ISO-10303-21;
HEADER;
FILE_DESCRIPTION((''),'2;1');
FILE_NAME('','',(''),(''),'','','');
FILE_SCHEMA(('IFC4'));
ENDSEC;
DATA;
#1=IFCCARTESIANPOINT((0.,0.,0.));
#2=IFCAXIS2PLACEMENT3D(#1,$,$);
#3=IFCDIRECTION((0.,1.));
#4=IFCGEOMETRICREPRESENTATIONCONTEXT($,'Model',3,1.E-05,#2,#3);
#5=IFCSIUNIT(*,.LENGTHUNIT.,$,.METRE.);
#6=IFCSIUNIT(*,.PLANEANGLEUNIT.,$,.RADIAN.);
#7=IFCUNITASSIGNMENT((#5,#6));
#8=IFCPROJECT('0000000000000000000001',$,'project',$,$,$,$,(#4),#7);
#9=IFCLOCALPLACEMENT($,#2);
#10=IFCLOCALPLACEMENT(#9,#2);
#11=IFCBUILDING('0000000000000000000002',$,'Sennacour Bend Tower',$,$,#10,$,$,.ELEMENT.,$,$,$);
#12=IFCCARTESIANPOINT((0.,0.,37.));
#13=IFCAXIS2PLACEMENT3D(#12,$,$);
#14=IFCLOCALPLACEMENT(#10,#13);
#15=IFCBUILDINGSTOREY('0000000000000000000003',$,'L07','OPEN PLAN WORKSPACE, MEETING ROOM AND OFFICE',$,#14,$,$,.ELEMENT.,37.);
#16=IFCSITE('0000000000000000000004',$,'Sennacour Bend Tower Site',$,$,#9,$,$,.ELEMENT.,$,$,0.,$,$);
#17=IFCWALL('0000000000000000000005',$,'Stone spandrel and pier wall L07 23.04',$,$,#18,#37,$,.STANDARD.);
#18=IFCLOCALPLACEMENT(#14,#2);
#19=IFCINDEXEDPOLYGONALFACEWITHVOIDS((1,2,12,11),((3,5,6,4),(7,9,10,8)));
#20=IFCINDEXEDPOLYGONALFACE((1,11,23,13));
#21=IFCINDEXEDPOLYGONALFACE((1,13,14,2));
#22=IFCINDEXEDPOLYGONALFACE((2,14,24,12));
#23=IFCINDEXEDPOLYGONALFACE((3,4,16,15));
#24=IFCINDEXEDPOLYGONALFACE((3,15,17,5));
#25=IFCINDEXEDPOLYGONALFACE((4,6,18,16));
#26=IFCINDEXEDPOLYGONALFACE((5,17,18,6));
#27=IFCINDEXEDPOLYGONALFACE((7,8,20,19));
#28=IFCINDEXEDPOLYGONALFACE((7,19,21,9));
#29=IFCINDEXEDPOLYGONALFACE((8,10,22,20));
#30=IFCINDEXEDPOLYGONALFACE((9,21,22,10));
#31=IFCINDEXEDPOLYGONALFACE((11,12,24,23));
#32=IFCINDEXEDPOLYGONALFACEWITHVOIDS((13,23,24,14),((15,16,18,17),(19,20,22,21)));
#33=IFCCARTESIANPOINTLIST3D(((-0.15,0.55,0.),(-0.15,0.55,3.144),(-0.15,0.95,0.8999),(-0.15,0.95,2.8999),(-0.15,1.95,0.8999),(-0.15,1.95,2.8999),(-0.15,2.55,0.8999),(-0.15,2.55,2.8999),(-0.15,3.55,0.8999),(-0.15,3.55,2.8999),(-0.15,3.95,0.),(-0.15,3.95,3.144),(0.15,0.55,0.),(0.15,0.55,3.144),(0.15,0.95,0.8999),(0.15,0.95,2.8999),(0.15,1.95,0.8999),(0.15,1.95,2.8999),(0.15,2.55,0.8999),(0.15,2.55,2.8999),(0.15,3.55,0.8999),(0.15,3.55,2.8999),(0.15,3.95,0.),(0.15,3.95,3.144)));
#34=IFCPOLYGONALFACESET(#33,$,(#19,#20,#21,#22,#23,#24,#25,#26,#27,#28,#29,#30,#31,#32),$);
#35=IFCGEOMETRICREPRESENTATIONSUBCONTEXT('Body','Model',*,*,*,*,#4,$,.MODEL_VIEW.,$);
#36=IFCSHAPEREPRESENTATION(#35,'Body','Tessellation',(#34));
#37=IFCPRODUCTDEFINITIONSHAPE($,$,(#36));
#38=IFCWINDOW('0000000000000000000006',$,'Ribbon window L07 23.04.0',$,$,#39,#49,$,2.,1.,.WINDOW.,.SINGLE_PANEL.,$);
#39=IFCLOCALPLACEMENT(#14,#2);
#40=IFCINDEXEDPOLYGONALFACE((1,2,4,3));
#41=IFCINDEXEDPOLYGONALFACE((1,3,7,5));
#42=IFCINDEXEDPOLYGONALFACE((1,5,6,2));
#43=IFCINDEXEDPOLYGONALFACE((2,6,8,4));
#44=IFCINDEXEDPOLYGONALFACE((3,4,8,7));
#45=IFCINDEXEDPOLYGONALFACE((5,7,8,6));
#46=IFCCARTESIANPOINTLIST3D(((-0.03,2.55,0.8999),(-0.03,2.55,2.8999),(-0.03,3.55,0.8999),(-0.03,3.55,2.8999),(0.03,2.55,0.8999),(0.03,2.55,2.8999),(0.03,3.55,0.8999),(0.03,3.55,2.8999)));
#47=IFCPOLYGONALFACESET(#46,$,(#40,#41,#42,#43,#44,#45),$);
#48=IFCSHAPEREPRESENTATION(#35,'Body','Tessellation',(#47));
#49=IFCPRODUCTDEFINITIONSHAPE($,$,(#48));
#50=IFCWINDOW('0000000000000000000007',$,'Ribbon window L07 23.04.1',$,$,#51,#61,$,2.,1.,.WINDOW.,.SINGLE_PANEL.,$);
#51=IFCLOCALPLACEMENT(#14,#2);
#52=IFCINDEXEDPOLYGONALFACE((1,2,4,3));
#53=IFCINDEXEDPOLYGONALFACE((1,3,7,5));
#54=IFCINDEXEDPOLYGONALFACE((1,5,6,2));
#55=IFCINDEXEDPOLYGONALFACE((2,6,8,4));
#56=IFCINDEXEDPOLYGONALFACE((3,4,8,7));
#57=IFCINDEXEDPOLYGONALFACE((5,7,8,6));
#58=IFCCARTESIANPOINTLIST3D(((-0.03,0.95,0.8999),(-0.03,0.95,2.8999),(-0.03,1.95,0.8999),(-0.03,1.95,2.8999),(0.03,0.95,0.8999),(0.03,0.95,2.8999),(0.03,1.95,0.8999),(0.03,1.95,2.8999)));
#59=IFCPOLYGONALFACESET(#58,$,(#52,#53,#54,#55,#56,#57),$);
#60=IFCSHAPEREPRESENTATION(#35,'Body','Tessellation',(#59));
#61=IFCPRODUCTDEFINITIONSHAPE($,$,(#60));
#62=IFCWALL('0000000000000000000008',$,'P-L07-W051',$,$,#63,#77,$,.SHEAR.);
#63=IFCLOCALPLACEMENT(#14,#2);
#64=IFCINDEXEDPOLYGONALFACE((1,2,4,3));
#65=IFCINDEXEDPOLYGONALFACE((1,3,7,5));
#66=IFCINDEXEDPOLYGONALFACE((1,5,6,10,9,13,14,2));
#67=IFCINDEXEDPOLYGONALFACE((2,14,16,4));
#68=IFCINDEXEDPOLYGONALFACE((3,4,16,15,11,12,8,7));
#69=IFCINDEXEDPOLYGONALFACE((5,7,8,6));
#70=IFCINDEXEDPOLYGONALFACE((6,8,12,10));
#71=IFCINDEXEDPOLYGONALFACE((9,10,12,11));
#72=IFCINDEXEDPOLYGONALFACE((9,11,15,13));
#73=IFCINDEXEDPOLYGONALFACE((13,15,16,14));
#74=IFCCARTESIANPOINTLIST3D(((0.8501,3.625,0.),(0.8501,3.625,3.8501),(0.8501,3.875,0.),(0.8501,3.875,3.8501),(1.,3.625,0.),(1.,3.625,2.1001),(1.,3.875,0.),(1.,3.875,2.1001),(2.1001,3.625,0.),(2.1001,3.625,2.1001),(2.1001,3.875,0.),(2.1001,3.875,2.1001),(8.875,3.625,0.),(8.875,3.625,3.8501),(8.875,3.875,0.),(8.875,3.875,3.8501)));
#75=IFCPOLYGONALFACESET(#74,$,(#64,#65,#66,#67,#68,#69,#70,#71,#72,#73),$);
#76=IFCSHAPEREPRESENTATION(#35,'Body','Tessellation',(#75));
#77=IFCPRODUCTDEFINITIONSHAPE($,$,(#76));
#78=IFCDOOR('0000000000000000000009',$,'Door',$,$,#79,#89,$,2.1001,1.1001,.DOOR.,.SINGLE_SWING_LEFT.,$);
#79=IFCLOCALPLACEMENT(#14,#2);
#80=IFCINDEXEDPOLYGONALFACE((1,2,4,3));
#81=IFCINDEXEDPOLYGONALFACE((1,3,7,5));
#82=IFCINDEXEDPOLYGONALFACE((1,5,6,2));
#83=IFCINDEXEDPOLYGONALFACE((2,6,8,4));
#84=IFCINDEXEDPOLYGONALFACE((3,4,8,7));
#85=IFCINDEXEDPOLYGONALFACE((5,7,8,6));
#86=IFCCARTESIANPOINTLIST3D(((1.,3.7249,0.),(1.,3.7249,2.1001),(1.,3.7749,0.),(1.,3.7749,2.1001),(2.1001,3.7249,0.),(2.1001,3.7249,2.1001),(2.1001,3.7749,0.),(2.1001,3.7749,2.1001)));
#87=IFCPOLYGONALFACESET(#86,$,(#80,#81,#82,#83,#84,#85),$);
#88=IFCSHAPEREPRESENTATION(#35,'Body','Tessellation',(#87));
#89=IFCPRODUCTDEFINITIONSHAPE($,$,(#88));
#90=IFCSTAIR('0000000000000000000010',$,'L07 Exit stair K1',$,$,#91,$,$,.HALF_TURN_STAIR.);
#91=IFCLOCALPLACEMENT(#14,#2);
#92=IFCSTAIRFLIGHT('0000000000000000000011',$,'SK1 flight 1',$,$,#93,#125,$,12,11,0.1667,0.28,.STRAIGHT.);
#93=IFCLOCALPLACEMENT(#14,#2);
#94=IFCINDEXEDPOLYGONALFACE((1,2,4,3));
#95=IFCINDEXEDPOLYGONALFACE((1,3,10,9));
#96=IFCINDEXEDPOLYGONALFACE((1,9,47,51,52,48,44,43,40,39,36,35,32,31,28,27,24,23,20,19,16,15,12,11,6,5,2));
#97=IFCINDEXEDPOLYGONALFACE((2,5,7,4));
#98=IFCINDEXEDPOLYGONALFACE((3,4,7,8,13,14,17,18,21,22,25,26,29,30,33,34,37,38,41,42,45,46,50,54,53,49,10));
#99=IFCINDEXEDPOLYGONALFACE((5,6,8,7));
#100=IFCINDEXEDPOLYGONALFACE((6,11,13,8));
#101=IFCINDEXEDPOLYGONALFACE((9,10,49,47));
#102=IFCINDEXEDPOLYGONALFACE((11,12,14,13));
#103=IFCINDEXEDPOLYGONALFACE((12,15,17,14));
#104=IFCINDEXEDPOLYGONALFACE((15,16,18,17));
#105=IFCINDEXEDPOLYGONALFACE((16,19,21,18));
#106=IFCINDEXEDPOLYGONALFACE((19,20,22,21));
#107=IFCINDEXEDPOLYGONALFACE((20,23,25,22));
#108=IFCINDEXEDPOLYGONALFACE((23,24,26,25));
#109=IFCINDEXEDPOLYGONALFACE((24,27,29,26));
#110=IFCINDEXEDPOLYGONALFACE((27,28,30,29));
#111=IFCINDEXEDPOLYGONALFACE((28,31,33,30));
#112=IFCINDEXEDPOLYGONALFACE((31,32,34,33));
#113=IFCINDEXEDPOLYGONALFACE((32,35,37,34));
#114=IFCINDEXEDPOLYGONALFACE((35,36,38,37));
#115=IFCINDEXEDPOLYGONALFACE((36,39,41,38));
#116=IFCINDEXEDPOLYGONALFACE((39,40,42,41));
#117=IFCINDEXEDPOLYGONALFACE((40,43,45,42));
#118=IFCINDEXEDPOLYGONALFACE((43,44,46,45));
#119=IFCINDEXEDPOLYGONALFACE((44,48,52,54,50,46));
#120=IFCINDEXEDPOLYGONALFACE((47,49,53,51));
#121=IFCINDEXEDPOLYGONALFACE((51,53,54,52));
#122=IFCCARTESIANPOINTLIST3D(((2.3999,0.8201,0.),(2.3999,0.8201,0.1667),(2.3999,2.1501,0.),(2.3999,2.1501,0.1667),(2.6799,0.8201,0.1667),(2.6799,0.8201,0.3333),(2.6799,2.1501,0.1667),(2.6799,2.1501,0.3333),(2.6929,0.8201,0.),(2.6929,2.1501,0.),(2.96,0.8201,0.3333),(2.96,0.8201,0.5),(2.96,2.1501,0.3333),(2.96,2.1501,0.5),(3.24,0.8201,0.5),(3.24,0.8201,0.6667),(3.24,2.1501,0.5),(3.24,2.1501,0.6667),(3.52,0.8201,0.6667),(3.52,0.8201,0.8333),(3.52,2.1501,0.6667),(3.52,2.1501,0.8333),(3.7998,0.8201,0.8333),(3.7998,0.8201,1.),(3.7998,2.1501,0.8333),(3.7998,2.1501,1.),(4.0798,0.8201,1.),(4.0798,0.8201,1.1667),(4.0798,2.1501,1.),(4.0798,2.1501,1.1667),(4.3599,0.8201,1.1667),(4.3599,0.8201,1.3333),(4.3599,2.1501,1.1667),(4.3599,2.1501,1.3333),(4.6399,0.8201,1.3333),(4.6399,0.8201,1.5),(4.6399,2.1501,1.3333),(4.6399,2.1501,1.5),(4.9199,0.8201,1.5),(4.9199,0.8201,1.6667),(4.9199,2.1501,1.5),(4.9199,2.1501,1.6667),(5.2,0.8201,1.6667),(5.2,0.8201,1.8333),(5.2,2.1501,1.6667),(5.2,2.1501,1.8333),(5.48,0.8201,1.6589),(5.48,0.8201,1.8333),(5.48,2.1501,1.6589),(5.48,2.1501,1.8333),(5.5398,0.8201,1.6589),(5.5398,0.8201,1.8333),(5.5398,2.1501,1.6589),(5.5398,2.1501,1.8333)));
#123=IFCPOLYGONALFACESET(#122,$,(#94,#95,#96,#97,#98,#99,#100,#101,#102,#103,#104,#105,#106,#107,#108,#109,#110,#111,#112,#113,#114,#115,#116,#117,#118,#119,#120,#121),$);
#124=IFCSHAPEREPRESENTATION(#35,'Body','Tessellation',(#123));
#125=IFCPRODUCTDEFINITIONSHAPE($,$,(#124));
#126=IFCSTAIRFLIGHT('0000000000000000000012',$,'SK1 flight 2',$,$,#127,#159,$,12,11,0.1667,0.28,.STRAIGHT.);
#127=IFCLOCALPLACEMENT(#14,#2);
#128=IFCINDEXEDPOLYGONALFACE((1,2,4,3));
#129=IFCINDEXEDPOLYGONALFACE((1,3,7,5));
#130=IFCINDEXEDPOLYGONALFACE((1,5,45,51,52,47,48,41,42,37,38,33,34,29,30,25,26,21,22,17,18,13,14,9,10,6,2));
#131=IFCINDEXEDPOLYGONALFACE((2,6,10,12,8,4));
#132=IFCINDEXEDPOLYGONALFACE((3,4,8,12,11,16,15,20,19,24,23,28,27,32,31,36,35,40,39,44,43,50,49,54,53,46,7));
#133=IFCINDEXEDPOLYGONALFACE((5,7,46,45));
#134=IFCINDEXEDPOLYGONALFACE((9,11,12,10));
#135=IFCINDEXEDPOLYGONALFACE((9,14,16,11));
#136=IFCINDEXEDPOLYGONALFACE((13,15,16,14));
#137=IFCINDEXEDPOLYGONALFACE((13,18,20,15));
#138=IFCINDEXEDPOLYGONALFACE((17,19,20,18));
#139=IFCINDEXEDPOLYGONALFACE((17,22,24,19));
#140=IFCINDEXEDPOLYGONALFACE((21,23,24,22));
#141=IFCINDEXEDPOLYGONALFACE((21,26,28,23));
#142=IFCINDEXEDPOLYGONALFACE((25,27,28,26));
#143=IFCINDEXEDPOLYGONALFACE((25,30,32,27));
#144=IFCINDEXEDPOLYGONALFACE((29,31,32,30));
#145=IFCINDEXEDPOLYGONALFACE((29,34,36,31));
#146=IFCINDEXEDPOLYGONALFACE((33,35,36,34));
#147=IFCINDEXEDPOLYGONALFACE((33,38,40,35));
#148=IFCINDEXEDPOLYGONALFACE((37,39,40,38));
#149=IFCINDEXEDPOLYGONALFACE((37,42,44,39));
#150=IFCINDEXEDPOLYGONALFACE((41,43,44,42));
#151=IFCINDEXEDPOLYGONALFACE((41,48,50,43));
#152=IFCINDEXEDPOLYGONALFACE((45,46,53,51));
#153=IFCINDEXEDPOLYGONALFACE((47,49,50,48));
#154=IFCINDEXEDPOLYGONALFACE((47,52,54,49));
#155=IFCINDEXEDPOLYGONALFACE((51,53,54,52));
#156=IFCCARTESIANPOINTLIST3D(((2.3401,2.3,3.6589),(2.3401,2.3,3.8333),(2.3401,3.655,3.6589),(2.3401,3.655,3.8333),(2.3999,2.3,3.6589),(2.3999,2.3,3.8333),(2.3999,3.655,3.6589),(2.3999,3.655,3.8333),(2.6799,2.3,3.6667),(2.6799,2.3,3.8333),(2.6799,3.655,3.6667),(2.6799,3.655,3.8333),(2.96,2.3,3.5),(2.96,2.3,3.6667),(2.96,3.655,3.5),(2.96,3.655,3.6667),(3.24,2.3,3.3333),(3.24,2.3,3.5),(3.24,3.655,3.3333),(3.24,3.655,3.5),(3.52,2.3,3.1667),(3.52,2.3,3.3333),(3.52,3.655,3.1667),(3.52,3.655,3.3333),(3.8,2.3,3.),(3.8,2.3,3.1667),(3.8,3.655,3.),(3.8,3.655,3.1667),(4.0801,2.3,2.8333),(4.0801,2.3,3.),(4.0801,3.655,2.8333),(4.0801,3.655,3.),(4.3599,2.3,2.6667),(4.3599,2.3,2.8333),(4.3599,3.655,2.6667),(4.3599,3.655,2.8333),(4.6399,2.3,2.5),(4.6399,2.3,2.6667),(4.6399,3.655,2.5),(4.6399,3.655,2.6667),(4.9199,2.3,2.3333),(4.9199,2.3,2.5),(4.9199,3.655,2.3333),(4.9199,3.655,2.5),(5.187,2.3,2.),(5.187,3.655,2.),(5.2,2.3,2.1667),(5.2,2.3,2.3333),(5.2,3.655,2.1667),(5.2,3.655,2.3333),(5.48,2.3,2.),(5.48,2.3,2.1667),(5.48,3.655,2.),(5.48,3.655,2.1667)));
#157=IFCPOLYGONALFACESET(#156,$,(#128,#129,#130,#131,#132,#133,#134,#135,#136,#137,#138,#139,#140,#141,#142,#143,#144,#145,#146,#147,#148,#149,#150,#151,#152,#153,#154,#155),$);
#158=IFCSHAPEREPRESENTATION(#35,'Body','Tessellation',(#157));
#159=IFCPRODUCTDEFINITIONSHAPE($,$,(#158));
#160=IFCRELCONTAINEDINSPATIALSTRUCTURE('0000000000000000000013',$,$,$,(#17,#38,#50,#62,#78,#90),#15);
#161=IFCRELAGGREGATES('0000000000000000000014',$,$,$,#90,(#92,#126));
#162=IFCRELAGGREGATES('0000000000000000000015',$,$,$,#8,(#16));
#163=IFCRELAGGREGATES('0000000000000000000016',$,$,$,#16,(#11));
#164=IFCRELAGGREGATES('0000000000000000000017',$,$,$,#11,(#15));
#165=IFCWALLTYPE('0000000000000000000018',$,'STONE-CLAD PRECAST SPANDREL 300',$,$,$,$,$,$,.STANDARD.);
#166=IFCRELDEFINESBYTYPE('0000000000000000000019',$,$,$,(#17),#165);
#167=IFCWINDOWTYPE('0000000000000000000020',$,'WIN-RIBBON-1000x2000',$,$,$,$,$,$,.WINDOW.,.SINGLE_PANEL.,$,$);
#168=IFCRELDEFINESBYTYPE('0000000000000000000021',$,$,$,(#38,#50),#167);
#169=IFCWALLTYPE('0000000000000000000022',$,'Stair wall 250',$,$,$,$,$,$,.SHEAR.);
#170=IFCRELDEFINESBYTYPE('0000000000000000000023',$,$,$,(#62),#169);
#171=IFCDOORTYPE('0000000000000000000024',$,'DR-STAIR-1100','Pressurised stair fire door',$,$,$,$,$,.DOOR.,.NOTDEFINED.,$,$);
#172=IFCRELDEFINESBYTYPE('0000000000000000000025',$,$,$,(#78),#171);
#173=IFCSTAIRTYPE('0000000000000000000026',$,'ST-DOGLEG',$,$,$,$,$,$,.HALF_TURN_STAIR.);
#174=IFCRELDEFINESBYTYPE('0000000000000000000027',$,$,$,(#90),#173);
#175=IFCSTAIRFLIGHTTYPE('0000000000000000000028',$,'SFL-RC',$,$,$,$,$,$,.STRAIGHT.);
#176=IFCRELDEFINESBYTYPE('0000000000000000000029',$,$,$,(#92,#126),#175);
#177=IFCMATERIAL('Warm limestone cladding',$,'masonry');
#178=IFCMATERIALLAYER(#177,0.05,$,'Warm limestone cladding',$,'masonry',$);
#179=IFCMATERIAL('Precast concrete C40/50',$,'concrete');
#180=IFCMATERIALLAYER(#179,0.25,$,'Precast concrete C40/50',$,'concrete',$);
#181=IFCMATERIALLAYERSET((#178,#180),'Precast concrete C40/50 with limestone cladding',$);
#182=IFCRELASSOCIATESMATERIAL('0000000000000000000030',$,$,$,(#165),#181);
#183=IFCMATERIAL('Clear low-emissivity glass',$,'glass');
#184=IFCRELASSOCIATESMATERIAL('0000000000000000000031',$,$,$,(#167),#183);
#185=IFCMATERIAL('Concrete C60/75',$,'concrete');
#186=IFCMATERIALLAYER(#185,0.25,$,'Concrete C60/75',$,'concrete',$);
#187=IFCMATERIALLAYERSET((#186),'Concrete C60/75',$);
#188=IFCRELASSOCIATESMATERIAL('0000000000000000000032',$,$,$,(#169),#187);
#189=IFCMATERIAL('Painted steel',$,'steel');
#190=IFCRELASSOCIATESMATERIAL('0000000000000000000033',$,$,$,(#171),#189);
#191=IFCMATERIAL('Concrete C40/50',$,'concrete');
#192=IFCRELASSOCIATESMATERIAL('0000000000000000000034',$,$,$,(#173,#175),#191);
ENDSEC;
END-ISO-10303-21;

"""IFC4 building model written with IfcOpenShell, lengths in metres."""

from ifc_helpers import new_model, si_unit, direction, frame, frame_2d, origin, place, context, subcontext, project, spatial, polyline, rectangle, outline, extrude, material, layer, layer_set, type_object, element, fill, aggregate, save


model = new_model("IFC4")

# Units and contexts
model_context = context("Model", 3, precision=1e-05, world=origin(), true_north=direction((0.0, 1.0)))
body_context = subcontext(model_context, "Body", "Model", "MODEL_VIEW")
ifc_project = project(units=[si_unit("LENGTHUNIT", "METRE"), si_unit("PLANEANGLEUNIT", "RADIAN")], contexts=[model_context])

# Site, building, storey
site_placement = place(None, origin())
site = spatial("IfcSite", under=ifc_project, at=site_placement, Name="Sennacour Bend Tower Site", CompositionType="ELEMENT", RefElevation=0.0)
building_placement = place(site_placement, origin())
building = spatial("IfcBuilding", under=site, at=building_placement, Name="Sennacour Bend Tower", CompositionType="ELEMENT")
storey_placement = place(building_placement, frame((0.0, 0.0, 37.0)))
storey = spatial("IfcBuildingStorey", under=building, at=storey_placement, Name="L07", Description="OPEN PLAN WORKSPACE, MEETING ROOM AND OFFICE", CompositionType="ELEMENT", Elevation=37.0)

# Wall, openings, windows
ifc_material_1 = material(Name="Warm limestone cladding", Category="masonry")
ifc_layer_1 = layer(ifc_material_1, 0.05, Name="Warm limestone cladding", Category="masonry")
ifc_material_2 = material(Name="Precast concrete C40/50", Category="concrete")
ifc_layer_2 = layer(ifc_material_2, 0.25, Name="Precast concrete C40/50", Category="concrete")
ifc_layer_set_1 = layer_set([ifc_layer_1, ifc_layer_2], Name="Precast concrete C40/50 with limestone cladding")
wall_type_1 = type_object("IfcWallType", Name="STONE-CLAD PRECAST SPANDREL 300", PredefinedType="STANDARD", material=ifc_layer_set_1)
ifc_material_3 = material(Name="Clear low-emissivity glass", Category="glass")
window_type = type_object("IfcWindowType", Name="WIN-RIBBON-1000x2000", PartitioningType="SINGLE_PANEL", PredefinedType="WINDOW", material=ifc_material_3)
wall_1_placement = place(storey_placement, frame((0.0, 3.95, 0.0), z_axis=(0.0, 0.0, 1.0), x_axis=(0.0, -1.0, 0.0)))
wall_1 = element("IfcWall", 1, at=wall_1_placement, inside=storey, type_object=wall_type_1, Name="Stone spandrel and pier wall L07 23.04", PredefinedType="STANDARD", context=body_context, shape_type="SweptSolid", body=[
    extrude(rectangle(XDim=3.3999, YDim=0.3, at=frame_2d((1.7, 0.0))), origin(), (0.0, 0.0, 1.0), 3.144),
])
opening_1_placement = place(wall_1_placement, frame((0.3999, 0.0, 0.8999)))
opening_1 = element("IfcOpeningElement", 2, at=opening_1_placement, cuts=wall_1, PredefinedType="OPENING", context=body_context, shape_type="SweptSolid", body=[
    extrude(rectangle(XDim=1.0, YDim=2.0, at=frame_2d((0.5, 1.0))), frame((0.0, 0.1602, 0.0), z_axis=(0.0, -1.0, 0.0), x_axis=(1.0, 0.0, 0.0)), (0.0, 0.0, 1.0), 0.3201),
])
opening_2_placement = place(wall_1_placement, frame((2.0, 0.0, 0.8999)))
opening_2 = element("IfcOpeningElement", 3, at=opening_2_placement, cuts=wall_1, PredefinedType="OPENING", context=body_context, shape_type="SweptSolid", body=[
    extrude(rectangle(XDim=1.0, YDim=2.0, at=frame_2d((0.5, 1.0))), frame((0.0, 0.1602, 0.0), z_axis=(0.0, -1.0, 0.0), x_axis=(1.0, 0.0, 0.0)), (0.0, 0.0, 1.0), 0.3201),
])
window_1_placement = place(opening_1_placement, origin())
window_1 = element("IfcWindow", 4, at=window_1_placement, inside=storey, type_object=window_type, Name="Ribbon window L07 23.04.0", OverallHeight=2.0, OverallWidth=1.0, PartitioningType="SINGLE_PANEL", PredefinedType="WINDOW", context=body_context, shape_type="SweptSolid", body=[
    extrude(rectangle(XDim=1.0, YDim=2.0, at=frame_2d((0.5, 1.0))), frame((0.0, 0.03, 0.0), z_axis=(0.0, -1.0, 0.0), x_axis=(1.0, 0.0, 0.0)), (0.0, 0.0, 1.0), 0.0601),
])
fill(opening_1, window_1)
window_2_placement = place(opening_2_placement, origin())
window_2 = element("IfcWindow", 5, at=window_2_placement, inside=storey, type_object=window_type, Name="Ribbon window L07 23.04.1", OverallHeight=2.0, OverallWidth=1.0, PartitioningType="SINGLE_PANEL", PredefinedType="WINDOW", context=body_context, shape_type="SweptSolid", body=[
    extrude(rectangle(XDim=1.0, YDim=2.0, at=frame_2d((0.5, 1.0))), frame((0.0, 0.03, 0.0), z_axis=(0.0, -1.0, 0.0), x_axis=(1.0, 0.0, 0.0)), (0.0, 0.0, 1.0), 0.0601),
])
fill(opening_2, window_2)

# Wall, opening, door
ifc_material_4 = material(Name="Concrete C60/75", Category="concrete")
ifc_layer_3 = layer(ifc_material_4, 0.25, Name="Concrete C60/75", Category="concrete")
ifc_layer_set_2 = layer_set([ifc_layer_3], Name="Concrete C60/75")
wall_type_2 = type_object("IfcWallType", Name="Stair wall 250", PredefinedType="SHEAR", material=ifc_layer_set_2)
wall_2_placement = place(storey_placement, frame((0.8501, 3.75, 0.0), z_axis=(0.0, 0.0, 1.0), x_axis=(1.0, 0.0, 0.0)))
wall_2 = element("IfcWall", 6, at=wall_2_placement, inside=storey, type_object=wall_type_2, Name="P-L07-W051", PredefinedType="SHEAR", context=body_context, shape_type="SweptSolid", body=[
    extrude(rectangle(XDim=8.0249, YDim=0.25, at=frame_2d((4.0125, 0.0))), origin(), (0.0, 0.0, 1.0), 3.8501),
])
opening_3_placement = place(wall_2_placement, frame((0.1499, 0.0, 0.0)))
opening_3 = element("IfcOpeningElement", 7, at=opening_3_placement, cuts=wall_2, PredefinedType="OPENING", context=body_context, shape_type="SweptSolid", body=[
    extrude(rectangle(XDim=1.1001, YDim=2.1001, at=frame_2d((0.55, 1.05))), frame((0.0, 0.135, 0.0), z_axis=(0.0, -1.0, 0.0), x_axis=(1.0, 0.0, 0.0)), (0.0, 0.0, 1.0), 0.27),
])
ifc_material_5 = material(Name="Painted steel", Category="steel")
door_type = type_object("IfcDoorType", Name="DR-STAIR-1100", Description="Pressurised stair fire door", OperationType="NOTDEFINED", PredefinedType="DOOR", material=ifc_material_5)
door_placement = place(opening_3_placement, origin())
door = element("IfcDoor", 8, at=door_placement, inside=storey, type_object=door_type, Name="Door", OperationType="SINGLE_SWING_LEFT", OverallHeight=2.1001, OverallWidth=1.1001, PredefinedType="DOOR", context=body_context, shape_type="SweptSolid", body=[
    extrude(rectangle(XDim=1.1001, YDim=2.1001, at=frame_2d((0.55, 1.05))), frame((0.0, 0.0249, 0.0), z_axis=(0.0, -1.0, 0.0), x_axis=(1.0, 0.0, 0.0)), (0.0, 0.0, 1.0), 0.05),
])
fill(opening_3, door)

# Stair, stair flights
ifc_material_6 = material(Name="Concrete C40/50", Category="concrete")
stair_type = type_object("IfcStairType", Name="ST-DOGLEG", PredefinedType="HALF_TURN_STAIR", material=ifc_material_6)
stair_placement = place(storey_placement, origin())
stair = element("IfcStair", 9, at=stair_placement, inside=storey, type_object=stair_type, Name="L07 Exit stair K1", PredefinedType="HALF_TURN_STAIR")
stair_flight_type = type_object("IfcStairFlightType", Name="SFL-RC", PredefinedType="STRAIGHT", material=ifc_material_6)
stair_flight_1_placement = place(storey_placement, frame((2.3999, 1.4851, 0.0), z_axis=(0.0, 0.0, 1.0), x_axis=(1.0, 0.0, 0.0)))
stair_flight_1 = element("IfcStairFlight", 10, at=stair_flight_1_placement, type_object=stair_flight_type, Name="SK1 flight 1", NumberOfRisers=12, NumberOfTreads=11, PredefinedType="STRAIGHT", RiserHeight=0.1667, TreadLength=0.28, context=body_context, shape_type="SweptSolid", body=[
    extrude(outline(polyline([(0.0, 0.0), (0.0, 0.1667), (0.28, 0.1667), (0.28, 0.3333), (0.5601, 0.3333), (0.5601, 0.5), (0.8401, 0.5), (0.8401, 0.6667), (1.1201, 0.6667), (1.1201, 0.8333), (1.3999, 0.8333), (1.3999, 1.0), (1.6799, 1.0), (1.6799, 1.1667), (1.96, 1.1667), (1.96, 1.3333), (2.24, 1.3333), (2.24, 1.5), (2.52, 1.5), (2.52, 1.6667), (2.8, 1.6667), (2.8, 1.8333), (3.0801, 1.8333), (3.1399, 1.8333), (3.1399, 1.6589), (3.0801, 1.6589), (0.293, 0.0), (0.0, 0.0)])), frame((0.0, 0.665, 0.0), z_axis=(0.0, -1.0, 0.0), x_axis=(1.0, 0.0, 0.0)), (0.0, 0.0, 1.0), 1.3301),
])
stair_flight_2_placement = place(storey_placement, frame((5.48, 2.9775, 2.0), z_axis=(0.0, 0.0, 1.0), x_axis=(-1.0, 0.0, 0.0)))
stair_flight_2 = element("IfcStairFlight", 11, at=stair_flight_2_placement, type_object=stair_flight_type, Name="SK1 flight 2", NumberOfRisers=12, NumberOfTreads=11, PredefinedType="STRAIGHT", RiserHeight=0.1667, TreadLength=0.28, context=body_context, shape_type="SweptSolid", body=[
    extrude(outline(polyline([(0.0, 0.0), (0.0, 0.1667), (0.28, 0.1667), (0.28, 0.3333), (0.5601, 0.3333), (0.5601, 0.5), (0.8401, 0.5), (0.8401, 0.6667), (1.1201, 0.6667), (1.1201, 0.8333), (1.3999, 0.8333), (1.3999, 1.0), (1.6799, 1.0), (1.6799, 1.1667), (1.96, 1.1667), (1.96, 1.3333), (2.24, 1.3333), (2.24, 1.5), (2.52, 1.5), (2.52, 1.6667), (2.8, 1.6667), (2.8, 1.8333), (3.0801, 1.8333), (3.1399, 1.8333), (3.1399, 1.6589), (3.0801, 1.6589), (0.293, 0.0), (0.0, 0.0)])), frame((0.0, 0.6775, 0.0), z_axis=(0.0, -1.0, 0.0), x_axis=(1.0, 0.0, 0.0)), (0.0, 0.0, 1.0), 1.355),
])
aggregate(stair, [stair_flight_1, stair_flight_2])

save(model, "model.ifc")
